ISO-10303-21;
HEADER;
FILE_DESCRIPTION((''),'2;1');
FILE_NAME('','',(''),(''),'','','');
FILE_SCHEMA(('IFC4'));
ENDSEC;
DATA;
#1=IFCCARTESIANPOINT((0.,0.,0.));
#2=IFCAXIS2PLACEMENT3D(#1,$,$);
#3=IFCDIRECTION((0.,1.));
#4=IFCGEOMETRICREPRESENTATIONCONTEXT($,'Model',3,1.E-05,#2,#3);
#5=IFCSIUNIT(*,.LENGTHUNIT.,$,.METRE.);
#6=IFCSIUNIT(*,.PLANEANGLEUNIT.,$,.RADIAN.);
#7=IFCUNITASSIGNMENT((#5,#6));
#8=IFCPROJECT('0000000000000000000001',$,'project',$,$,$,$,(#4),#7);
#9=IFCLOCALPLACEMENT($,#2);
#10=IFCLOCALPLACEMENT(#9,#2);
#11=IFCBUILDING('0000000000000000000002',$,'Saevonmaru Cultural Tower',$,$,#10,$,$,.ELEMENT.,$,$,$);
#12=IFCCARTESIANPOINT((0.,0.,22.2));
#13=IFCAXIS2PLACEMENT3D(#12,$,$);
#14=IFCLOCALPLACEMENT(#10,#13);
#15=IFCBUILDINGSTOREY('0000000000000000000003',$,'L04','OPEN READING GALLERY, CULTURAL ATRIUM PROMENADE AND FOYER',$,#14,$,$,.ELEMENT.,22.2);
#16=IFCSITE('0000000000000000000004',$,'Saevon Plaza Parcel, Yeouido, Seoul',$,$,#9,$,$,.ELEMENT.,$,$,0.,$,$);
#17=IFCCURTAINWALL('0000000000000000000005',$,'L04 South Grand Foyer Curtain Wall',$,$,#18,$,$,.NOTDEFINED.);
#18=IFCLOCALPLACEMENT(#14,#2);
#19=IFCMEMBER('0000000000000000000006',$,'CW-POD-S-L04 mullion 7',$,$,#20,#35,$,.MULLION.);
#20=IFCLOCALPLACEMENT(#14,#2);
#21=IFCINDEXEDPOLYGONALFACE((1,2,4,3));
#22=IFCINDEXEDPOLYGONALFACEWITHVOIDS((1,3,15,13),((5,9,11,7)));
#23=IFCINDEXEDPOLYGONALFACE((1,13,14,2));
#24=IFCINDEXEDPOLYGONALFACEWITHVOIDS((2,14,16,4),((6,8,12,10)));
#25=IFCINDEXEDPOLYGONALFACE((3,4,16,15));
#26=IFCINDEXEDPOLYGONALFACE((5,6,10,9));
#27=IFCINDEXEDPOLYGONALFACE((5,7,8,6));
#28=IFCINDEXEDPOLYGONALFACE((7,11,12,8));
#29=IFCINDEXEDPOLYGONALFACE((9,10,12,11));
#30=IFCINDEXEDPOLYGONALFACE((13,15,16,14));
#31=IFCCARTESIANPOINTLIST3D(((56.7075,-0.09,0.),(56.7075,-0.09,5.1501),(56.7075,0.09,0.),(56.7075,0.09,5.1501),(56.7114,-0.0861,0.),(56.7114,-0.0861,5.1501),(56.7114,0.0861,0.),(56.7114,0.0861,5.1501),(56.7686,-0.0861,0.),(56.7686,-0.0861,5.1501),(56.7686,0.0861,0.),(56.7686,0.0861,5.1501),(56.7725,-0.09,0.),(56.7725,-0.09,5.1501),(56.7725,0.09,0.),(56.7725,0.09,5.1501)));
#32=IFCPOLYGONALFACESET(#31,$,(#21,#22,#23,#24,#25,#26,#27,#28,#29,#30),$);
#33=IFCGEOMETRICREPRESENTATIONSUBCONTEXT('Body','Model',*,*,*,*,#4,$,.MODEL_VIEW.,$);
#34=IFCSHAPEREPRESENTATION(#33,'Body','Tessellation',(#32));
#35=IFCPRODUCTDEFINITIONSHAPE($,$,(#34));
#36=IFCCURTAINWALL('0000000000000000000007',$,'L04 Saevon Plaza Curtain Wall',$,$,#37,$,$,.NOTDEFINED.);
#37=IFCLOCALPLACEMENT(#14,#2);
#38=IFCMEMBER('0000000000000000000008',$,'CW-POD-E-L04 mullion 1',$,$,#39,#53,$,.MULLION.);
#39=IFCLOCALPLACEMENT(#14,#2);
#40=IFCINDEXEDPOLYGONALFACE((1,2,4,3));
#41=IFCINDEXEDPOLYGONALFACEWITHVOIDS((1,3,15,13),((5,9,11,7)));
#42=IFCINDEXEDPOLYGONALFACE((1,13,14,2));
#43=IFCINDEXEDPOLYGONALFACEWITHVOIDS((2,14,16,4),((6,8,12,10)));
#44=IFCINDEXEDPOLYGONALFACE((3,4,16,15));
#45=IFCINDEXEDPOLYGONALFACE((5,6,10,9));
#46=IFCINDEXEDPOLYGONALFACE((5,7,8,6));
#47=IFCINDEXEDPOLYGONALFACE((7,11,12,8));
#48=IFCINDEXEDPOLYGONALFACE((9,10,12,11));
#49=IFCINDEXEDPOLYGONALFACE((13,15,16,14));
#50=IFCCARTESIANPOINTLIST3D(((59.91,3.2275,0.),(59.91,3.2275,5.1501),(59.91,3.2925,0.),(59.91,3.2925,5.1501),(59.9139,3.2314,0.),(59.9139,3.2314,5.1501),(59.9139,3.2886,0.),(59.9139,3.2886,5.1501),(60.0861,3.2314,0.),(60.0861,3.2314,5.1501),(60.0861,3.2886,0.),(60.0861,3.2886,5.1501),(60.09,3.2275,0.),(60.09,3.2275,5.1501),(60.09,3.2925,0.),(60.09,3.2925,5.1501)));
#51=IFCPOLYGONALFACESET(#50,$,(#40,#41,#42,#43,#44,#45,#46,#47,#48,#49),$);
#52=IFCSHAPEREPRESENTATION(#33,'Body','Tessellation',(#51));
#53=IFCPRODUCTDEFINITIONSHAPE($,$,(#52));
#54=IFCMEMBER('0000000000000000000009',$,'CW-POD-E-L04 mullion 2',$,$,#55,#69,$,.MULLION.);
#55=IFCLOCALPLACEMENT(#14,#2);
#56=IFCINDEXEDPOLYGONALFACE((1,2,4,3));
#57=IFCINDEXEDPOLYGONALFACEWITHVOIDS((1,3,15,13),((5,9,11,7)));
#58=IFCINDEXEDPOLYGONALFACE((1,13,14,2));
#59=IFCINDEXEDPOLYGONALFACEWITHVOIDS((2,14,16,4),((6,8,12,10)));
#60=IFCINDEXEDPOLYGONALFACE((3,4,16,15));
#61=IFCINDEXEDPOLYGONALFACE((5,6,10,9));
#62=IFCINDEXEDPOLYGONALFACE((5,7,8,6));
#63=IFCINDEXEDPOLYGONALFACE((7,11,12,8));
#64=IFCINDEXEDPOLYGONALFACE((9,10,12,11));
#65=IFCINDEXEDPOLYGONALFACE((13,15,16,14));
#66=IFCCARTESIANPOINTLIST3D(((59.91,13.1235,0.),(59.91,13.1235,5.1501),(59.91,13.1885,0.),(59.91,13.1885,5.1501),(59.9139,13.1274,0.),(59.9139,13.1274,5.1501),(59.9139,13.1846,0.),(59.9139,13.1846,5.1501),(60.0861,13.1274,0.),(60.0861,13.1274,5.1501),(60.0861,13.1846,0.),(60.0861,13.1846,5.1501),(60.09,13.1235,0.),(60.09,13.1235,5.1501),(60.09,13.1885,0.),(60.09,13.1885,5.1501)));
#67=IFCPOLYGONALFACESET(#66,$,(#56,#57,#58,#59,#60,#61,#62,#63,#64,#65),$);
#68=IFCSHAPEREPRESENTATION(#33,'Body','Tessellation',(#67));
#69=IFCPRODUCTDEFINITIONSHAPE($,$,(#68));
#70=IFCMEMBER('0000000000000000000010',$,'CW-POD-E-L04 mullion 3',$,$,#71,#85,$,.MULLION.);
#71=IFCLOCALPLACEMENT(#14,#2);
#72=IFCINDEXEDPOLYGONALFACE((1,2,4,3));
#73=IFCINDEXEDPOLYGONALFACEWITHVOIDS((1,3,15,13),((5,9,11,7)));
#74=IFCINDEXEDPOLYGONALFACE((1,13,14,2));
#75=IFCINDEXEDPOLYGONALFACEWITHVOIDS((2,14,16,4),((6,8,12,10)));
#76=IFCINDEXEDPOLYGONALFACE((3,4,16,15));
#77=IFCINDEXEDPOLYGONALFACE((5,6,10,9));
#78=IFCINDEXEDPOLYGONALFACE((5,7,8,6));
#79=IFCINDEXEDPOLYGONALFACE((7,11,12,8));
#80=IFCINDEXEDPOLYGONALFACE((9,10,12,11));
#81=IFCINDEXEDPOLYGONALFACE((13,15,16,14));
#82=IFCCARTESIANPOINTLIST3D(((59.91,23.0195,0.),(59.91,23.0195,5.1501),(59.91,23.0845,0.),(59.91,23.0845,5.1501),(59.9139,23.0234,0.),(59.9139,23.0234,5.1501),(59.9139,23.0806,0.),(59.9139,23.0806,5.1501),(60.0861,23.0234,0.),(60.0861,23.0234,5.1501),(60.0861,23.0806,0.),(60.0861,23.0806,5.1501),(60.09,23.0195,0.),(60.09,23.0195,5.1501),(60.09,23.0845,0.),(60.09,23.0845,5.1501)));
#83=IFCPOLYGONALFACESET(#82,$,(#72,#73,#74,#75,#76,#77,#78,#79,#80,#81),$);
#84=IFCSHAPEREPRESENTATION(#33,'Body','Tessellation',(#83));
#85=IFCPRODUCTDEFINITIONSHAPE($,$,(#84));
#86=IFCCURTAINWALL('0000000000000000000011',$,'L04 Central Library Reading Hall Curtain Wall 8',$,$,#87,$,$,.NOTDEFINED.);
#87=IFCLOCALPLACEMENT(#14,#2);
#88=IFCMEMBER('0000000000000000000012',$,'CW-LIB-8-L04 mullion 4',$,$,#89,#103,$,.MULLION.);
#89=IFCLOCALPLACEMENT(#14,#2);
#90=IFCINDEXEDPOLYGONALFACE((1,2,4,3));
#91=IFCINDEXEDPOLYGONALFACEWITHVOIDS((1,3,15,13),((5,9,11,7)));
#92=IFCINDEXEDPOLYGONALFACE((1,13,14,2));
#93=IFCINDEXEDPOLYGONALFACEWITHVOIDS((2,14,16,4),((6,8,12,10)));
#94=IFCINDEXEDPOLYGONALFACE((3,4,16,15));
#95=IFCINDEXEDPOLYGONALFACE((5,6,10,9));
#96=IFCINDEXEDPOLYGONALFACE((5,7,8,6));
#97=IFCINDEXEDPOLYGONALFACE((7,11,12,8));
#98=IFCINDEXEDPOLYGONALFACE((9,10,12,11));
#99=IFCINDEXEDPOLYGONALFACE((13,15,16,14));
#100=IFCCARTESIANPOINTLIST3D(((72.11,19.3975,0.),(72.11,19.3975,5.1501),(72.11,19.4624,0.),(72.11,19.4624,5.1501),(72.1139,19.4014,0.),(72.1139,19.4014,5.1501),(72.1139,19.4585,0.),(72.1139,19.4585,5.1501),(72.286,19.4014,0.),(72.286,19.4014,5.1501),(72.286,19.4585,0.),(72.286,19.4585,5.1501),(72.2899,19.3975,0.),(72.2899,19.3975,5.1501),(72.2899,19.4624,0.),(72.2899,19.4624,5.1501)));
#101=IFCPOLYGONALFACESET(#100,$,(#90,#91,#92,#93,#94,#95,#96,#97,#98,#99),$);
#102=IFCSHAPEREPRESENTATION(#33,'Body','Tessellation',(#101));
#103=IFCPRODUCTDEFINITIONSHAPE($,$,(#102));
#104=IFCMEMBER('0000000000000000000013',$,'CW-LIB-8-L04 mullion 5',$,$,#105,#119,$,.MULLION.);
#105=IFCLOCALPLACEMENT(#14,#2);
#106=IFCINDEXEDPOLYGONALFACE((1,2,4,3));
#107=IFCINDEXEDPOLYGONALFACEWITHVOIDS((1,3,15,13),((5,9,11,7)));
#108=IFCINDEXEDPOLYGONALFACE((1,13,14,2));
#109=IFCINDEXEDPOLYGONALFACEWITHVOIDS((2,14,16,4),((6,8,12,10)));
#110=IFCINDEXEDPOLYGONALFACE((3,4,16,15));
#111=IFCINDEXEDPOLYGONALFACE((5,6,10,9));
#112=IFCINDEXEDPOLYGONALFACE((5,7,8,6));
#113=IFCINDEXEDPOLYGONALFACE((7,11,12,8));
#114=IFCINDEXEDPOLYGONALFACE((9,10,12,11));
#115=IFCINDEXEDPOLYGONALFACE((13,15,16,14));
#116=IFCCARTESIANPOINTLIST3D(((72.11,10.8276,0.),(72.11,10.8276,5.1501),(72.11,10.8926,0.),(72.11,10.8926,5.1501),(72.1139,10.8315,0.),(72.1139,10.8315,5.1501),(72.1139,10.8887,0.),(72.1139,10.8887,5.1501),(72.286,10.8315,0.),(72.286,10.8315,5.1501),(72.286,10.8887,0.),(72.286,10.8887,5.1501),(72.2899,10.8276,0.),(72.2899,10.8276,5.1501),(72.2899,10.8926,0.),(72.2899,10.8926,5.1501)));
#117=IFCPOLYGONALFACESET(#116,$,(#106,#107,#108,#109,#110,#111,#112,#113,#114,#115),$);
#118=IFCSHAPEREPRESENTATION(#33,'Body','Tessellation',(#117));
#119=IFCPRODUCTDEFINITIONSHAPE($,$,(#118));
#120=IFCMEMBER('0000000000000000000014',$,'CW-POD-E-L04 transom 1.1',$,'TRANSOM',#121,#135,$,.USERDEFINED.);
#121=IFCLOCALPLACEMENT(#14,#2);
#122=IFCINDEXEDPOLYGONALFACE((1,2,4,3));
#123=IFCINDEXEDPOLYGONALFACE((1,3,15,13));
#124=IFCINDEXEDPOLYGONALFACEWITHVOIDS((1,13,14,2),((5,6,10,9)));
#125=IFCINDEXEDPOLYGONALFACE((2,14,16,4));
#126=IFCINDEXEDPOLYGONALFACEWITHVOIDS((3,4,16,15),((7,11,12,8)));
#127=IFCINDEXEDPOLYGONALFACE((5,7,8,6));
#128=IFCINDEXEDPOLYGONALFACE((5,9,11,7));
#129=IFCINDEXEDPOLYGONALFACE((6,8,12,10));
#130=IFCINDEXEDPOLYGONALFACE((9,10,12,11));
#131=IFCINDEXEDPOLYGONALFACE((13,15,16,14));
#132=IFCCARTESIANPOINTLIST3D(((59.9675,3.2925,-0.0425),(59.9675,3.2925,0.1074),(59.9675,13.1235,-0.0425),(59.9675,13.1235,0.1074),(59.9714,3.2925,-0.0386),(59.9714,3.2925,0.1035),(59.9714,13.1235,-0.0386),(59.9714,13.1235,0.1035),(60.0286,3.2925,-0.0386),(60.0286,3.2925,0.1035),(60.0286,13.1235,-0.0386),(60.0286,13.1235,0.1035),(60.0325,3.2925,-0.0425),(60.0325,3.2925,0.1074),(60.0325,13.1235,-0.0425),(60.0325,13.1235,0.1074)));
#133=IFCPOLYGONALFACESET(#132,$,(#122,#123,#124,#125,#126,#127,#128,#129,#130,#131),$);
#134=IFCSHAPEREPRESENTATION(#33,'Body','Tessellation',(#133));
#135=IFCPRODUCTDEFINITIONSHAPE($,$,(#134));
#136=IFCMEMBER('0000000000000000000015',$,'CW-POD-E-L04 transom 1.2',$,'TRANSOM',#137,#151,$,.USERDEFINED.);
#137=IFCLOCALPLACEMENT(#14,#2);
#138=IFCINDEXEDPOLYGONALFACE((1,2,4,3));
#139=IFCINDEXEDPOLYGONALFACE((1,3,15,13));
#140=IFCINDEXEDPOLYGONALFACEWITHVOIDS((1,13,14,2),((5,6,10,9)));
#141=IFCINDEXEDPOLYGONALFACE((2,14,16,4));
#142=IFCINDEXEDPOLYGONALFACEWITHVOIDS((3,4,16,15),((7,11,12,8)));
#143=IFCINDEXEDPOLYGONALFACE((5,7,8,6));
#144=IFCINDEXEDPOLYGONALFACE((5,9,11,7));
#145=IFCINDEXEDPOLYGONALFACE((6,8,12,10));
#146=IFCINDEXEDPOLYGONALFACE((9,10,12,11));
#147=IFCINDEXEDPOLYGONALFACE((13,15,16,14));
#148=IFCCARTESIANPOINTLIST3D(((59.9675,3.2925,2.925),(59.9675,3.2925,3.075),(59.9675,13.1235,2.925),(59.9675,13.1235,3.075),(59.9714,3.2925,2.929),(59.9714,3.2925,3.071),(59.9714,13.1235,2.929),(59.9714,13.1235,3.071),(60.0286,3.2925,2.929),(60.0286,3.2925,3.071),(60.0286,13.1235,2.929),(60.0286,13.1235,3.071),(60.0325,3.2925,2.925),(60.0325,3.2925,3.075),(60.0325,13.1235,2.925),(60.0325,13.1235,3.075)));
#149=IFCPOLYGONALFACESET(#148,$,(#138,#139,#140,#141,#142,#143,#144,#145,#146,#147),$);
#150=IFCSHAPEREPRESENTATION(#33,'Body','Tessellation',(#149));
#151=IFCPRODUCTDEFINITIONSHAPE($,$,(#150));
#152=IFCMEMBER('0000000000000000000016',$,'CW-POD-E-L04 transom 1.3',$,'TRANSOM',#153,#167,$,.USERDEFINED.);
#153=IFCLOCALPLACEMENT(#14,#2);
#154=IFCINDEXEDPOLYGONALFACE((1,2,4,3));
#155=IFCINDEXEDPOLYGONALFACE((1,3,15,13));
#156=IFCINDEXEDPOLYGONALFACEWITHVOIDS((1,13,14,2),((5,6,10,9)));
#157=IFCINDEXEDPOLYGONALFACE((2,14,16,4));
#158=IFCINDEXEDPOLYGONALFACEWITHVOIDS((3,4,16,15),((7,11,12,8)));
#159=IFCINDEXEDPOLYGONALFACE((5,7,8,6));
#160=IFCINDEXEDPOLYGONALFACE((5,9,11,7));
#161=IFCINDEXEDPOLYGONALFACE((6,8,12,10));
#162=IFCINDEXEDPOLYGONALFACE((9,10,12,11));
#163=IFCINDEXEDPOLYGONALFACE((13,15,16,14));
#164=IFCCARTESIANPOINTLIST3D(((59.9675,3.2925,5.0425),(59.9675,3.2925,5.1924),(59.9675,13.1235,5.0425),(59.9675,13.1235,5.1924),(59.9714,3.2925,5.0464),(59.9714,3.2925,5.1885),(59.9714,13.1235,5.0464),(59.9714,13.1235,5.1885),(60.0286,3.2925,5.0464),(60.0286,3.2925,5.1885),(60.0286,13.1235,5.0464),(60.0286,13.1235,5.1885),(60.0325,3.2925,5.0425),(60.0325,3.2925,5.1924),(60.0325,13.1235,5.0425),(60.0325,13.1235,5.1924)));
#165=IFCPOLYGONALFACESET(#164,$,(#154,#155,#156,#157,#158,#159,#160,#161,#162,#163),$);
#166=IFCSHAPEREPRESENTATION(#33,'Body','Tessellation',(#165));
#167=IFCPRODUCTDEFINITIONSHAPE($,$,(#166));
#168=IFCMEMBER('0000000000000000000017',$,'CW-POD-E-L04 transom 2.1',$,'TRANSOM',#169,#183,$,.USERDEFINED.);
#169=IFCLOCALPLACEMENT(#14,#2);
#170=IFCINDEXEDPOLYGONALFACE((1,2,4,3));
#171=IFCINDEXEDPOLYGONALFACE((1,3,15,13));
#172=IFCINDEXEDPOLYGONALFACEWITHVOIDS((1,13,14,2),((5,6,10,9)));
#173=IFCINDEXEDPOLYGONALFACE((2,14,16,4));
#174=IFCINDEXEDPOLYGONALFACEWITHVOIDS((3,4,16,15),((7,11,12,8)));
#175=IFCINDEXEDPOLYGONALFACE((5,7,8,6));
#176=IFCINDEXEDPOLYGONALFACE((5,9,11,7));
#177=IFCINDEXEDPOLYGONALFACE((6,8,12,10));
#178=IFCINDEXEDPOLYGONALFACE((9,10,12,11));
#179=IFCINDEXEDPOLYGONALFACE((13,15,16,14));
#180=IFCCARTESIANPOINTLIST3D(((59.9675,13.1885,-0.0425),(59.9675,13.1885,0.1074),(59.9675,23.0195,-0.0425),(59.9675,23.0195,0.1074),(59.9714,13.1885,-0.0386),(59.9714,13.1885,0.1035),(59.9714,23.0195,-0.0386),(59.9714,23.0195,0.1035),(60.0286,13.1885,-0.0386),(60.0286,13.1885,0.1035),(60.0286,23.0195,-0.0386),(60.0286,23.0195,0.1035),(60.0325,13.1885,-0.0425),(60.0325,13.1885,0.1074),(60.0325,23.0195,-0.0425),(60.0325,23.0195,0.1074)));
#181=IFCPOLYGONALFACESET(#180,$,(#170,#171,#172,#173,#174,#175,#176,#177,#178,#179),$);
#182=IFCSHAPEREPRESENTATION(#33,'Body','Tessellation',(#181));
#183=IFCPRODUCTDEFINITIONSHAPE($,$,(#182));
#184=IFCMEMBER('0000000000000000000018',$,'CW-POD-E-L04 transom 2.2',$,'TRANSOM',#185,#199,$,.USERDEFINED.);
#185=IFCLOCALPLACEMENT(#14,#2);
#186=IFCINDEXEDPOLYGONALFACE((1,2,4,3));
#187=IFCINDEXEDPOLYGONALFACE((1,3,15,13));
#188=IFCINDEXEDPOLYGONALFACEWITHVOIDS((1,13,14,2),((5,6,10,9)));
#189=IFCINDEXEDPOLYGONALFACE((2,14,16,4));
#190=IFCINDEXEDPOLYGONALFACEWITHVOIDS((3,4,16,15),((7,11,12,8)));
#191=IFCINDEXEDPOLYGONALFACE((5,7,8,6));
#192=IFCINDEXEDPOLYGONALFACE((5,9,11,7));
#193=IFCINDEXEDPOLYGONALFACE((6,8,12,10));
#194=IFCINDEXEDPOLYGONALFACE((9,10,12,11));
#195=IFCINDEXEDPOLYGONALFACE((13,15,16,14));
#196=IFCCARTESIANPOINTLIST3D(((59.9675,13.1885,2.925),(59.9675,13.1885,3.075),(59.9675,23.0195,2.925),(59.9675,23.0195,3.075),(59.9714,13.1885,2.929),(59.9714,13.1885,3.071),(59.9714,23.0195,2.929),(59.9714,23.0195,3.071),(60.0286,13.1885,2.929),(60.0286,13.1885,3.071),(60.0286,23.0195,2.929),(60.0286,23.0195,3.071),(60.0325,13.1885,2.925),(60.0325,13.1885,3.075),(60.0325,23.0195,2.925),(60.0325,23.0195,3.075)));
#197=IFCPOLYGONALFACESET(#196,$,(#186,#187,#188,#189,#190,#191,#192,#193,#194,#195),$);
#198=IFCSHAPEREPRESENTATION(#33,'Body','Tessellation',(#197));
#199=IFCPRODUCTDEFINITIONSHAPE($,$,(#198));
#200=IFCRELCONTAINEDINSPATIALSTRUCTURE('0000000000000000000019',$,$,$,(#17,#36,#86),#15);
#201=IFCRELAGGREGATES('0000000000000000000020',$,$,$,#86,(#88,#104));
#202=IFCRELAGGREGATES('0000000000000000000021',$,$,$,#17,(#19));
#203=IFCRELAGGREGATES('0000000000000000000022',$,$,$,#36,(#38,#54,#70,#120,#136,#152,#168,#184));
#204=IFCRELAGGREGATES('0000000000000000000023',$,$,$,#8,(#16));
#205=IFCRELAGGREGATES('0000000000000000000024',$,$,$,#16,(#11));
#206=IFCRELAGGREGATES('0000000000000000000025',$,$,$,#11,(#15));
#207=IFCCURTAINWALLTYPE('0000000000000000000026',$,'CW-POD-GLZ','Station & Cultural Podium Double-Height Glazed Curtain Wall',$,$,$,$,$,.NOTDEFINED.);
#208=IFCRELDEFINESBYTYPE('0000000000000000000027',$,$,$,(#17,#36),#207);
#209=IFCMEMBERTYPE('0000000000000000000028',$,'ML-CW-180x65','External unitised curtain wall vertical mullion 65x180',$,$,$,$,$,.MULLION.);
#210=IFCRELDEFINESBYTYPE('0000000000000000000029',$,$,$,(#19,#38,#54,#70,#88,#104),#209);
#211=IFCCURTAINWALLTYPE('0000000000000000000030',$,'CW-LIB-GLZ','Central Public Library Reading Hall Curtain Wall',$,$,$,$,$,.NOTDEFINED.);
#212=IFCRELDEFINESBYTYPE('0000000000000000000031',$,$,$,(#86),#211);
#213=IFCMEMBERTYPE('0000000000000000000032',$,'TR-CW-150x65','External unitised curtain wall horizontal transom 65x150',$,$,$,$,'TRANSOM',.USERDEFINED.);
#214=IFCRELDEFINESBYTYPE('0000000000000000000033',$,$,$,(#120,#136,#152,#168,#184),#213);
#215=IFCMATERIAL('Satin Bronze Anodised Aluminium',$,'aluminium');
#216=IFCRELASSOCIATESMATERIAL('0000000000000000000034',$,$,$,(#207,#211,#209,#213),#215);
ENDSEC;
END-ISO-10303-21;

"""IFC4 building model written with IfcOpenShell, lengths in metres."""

from ifc_helpers import new_model, si_unit, direction, frame, origin, origin_2d, place, context, subcontext, project, spatial, hollow_rectangle, extrude, material, material_profile, profile_set, type_object, element, aggregate, save


model = new_model("IFC4")

# Units and contexts
model_context = context("Model", 3, precision=1e-05, world=origin(), true_north=direction((0.0, 1.0)))
body_context = subcontext(model_context, "Body", "Model", "MODEL_VIEW")
ifc_project = project(units=[si_unit("LENGTHUNIT", "METRE"), si_unit("PLANEANGLEUNIT", "RADIAN")], contexts=[model_context])

# Site, building, storey
site_placement = place(None, origin())
site = spatial("IfcSite", under=ifc_project, at=site_placement, Name="Saevon Plaza Parcel, Yeouido, Seoul", CompositionType="ELEMENT", RefElevation=0.0)
building_placement = place(site_placement, origin())
building = spatial("IfcBuilding", under=site, at=building_placement, Name="Saevonmaru Cultural Tower", CompositionType="ELEMENT")
storey_placement = place(building_placement, frame((0.0, 0.0, 22.2)))
storey = spatial("IfcBuildingStorey", under=building, at=storey_placement, Name="L04", Description="OPEN READING GALLERY, CULTURAL ATRIUM PROMENADE AND FOYER", CompositionType="ELEMENT", Elevation=22.2)

# Curtain wall, member
ifc_material_1 = material(Name="Satin Bronze Anodised Aluminium", Category="aluminium")
curtain_wall_type_1 = type_object("IfcCurtainWallType", Name="CW-POD-GLZ", Description="Station & Cultural Podium Double-Height Glazed Curtain Wall", PredefinedType="NOTDEFINED", material=ifc_material_1)
curtain_wall_1_placement = place(storey_placement, origin())
curtain_wall_1 = element("IfcCurtainWall", 1, at=curtain_wall_1_placement, inside=storey, type_object=curtain_wall_type_1, Name="L04 South Grand Foyer Curtain Wall", PredefinedType="NOTDEFINED")
ifc_material_profile_1 = material_profile(ifc_material_1, hollow_rectangle(XDim=0.0649, YDim=0.1799, WallThickness=0.0039, at=origin_2d()), Name="ALU-MULL-180x65x4")
ifc_profile_set_1 = profile_set([ifc_material_profile_1], Name="Satin Bronze Anodised Aluminium")
member_type_1 = type_object("IfcMemberType", Name="ML-CW-180x65", Description="External unitised curtain wall vertical mullion 65x180", PredefinedType="MULLION", material=ifc_profile_set_1)
member_1_placement = place(storey_placement, frame((56.74, 0.0, 0.0), z_axis=(0.0, 0.0, 1.0), x_axis=(1.0, 0.0, 0.0)))
member_1 = element("IfcMember", 2, at=member_1_placement, type_object=member_type_1, Name="CW-POD-S-L04 mullion 7", PredefinedType="MULLION", context=body_context, shape_type="SweptSolid", body=[
    extrude(hollow_rectangle(XDim=0.0649, YDim=0.1799, WallThickness=0.0039, at=origin_2d()), origin(), (0.0, 0.0, 1.0), 5.1501),
])

# Curtain walls, members
curtain_wall_2_placement = place(storey_placement, origin())
curtain_wall_2 = element("IfcCurtainWall", 3, at=curtain_wall_2_placement, inside=storey, type_object=curtain_wall_type_1, Name="L04 Saevon Plaza Curtain Wall", PredefinedType="NOTDEFINED")
member_2_placement = place(storey_placement, frame((60.0, 3.26, 0.0), z_axis=(0.0, 0.0, 1.0), x_axis=(0.0, 1.0, 0.0)))
member_2 = element("IfcMember", 4, at=member_2_placement, type_object=member_type_1, Name="CW-POD-E-L04 mullion 1", PredefinedType="MULLION", context=body_context, shape_type="SweptSolid", body=[
    extrude(hollow_rectangle(XDim=0.0649, YDim=0.1799, WallThickness=0.0039, at=origin_2d()), origin(), (0.0, 0.0, 1.0), 5.1501),
])
member_3_placement = place(storey_placement, frame((60.0, 13.156, 0.0), z_axis=(0.0, 0.0, 1.0), x_axis=(0.0, 1.0, 0.0)))
member_3 = element("IfcMember", 5, at=member_3_placement, type_object=member_type_1, Name="CW-POD-E-L04 mullion 2", PredefinedType="MULLION", context=body_context, shape_type="SweptSolid", body=[
    extrude(hollow_rectangle(XDim=0.0649, YDim=0.1799, WallThickness=0.0039, at=origin_2d()), origin(), (0.0, 0.0, 1.0), 5.1501),
])
member_4_placement = place(storey_placement, frame((60.0, 23.052, 0.0), z_axis=(0.0, 0.0, 1.0), x_axis=(0.0, 1.0, 0.0)))
member_4 = element("IfcMember", 6, at=member_4_placement, type_object=member_type_1, Name="CW-POD-E-L04 mullion 3", PredefinedType="MULLION", context=body_context, shape_type="SweptSolid", body=[
    extrude(hollow_rectangle(XDim=0.0649, YDim=0.1799, WallThickness=0.0039, at=origin_2d()), origin(), (0.0, 0.0, 1.0), 5.1501),
])
curtain_wall_type_2 = type_object("IfcCurtainWallType", Name="CW-LIB-GLZ", Description="Central Public Library Reading Hall Curtain Wall", PredefinedType="NOTDEFINED", material=ifc_material_1)
curtain_wall_3_placement = place(storey_placement, origin())
curtain_wall_3 = element("IfcCurtainWall", 7, at=curtain_wall_3_placement, inside=storey, type_object=curtain_wall_type_2, Name="L04 Central Library Reading Hall Curtain Wall 8", PredefinedType="NOTDEFINED")
member_5_placement = place(storey_placement, frame((72.2, 19.4299, 0.0), z_axis=(0.0, 0.0, 1.0), x_axis=(0.0, -1.0, 0.0)))
member_5 = element("IfcMember", 8, at=member_5_placement, type_object=member_type_1, Name="CW-LIB-8-L04 mullion 4", PredefinedType="MULLION", context=body_context, shape_type="SweptSolid", body=[
    extrude(hollow_rectangle(XDim=0.0649, YDim=0.1799, WallThickness=0.0039, at=origin_2d()), origin(), (0.0, 0.0, 1.0), 5.1501),
])
member_6_placement = place(storey_placement, frame((72.2, 10.8601, 0.0), z_axis=(0.0, 0.0, 1.0), x_axis=(0.0, -1.0, 0.0)))
member_6 = element("IfcMember", 9, at=member_6_placement, type_object=member_type_1, Name="CW-LIB-8-L04 mullion 5", PredefinedType="MULLION", context=body_context, shape_type="SweptSolid", body=[
    extrude(hollow_rectangle(XDim=0.0649, YDim=0.1799, WallThickness=0.0039, at=origin_2d()), origin(), (0.0, 0.0, 1.0), 5.1501),
])
aggregate(curtain_wall_3, [member_5, member_6])

# Members
ifc_material_profile_2 = material_profile(ifc_material_1, hollow_rectangle(XDim=0.0649, YDim=0.1499, WallThickness=0.0039, at=origin_2d()), Name="ALU-TRAN-150x65x4")
ifc_profile_set_2 = profile_set([ifc_material_profile_2], Name="Satin Bronze Anodised Aluminium")
member_type_2 = type_object("IfcMemberType", Name="TR-CW-150x65", Description="External unitised curtain wall horizontal transom 65x150", ElementType="TRANSOM", PredefinedType="USERDEFINED", material=ifc_profile_set_2)
member_7_placement = place(storey_placement, frame((60.0, 3.2925, 0.0325), z_axis=(0.0, 1.0, 0.0), x_axis=(-1.0, 0.0, 0.0)))
member_7 = element("IfcMember", 10, at=member_7_placement, type_object=member_type_2, Name="CW-POD-E-L04 transom 1.1", ObjectType="TRANSOM", PredefinedType="USERDEFINED", context=body_context, shape_type="SweptSolid", body=[
    extrude(hollow_rectangle(XDim=0.0649, YDim=0.1499, WallThickness=0.0039, at=origin_2d()), origin(), (0.0, 0.0, 1.0), 9.8311),
])
member_8_placement = place(storey_placement, frame((60.0, 3.2925, 3.0), z_axis=(0.0, 1.0, 0.0), x_axis=(-1.0, 0.0, 0.0)))
member_8 = element("IfcMember", 11, at=member_8_placement, type_object=member_type_2, Name="CW-POD-E-L04 transom 1.2", ObjectType="TRANSOM", PredefinedType="USERDEFINED", context=body_context, shape_type="SweptSolid", body=[
    extrude(hollow_rectangle(XDim=0.0649, YDim=0.1499, WallThickness=0.0039, at=origin_2d()), origin(), (0.0, 0.0, 1.0), 9.8311),
])
member_9_placement = place(storey_placement, frame((60.0, 3.2925, 5.1174), z_axis=(0.0, 1.0, 0.0), x_axis=(-1.0, 0.0, 0.0)))
member_9 = element("IfcMember", 12, at=member_9_placement, type_object=member_type_2, Name="CW-POD-E-L04 transom 1.3", ObjectType="TRANSOM", PredefinedType="USERDEFINED", context=body_context, shape_type="SweptSolid", body=[
    extrude(hollow_rectangle(XDim=0.0649, YDim=0.1499, WallThickness=0.0039, at=origin_2d()), origin(), (0.0, 0.0, 1.0), 9.8311),
])
member_10_placement = place(storey_placement, frame((60.0, 13.1885, 0.0325), z_axis=(0.0, 1.0, 0.0), x_axis=(-1.0, 0.0, 0.0)))
member_10 = element("IfcMember", 13, at=member_10_placement, type_object=member_type_2, Name="CW-POD-E-L04 transom 2.1", ObjectType="TRANSOM", PredefinedType="USERDEFINED", context=body_context, shape_type="SweptSolid", body=[
    extrude(hollow_rectangle(XDim=0.0649, YDim=0.1499, WallThickness=0.0039, at=origin_2d()), origin(), (0.0, 0.0, 1.0), 9.8311),
])
member_11_placement = place(storey_placement, frame((60.0, 13.1885, 3.0), z_axis=(0.0, 1.0, 0.0), x_axis=(-1.0, 0.0, 0.0)))
member_11 = element("IfcMember", 14, at=member_11_placement, type_object=member_type_2, Name="CW-POD-E-L04 transom 2.2", ObjectType="TRANSOM", PredefinedType="USERDEFINED", context=body_context, shape_type="SweptSolid", body=[
    extrude(hollow_rectangle(XDim=0.0649, YDim=0.1499, WallThickness=0.0039, at=origin_2d()), origin(), (0.0, 0.0, 1.0), 9.8311),
])

aggregate(curtain_wall_1, [member_1])
aggregate(curtain_wall_2, [member_2, member_3, member_4, member_7, member_8, member_9, member_10, member_11])

save(model, "model.ifc")
